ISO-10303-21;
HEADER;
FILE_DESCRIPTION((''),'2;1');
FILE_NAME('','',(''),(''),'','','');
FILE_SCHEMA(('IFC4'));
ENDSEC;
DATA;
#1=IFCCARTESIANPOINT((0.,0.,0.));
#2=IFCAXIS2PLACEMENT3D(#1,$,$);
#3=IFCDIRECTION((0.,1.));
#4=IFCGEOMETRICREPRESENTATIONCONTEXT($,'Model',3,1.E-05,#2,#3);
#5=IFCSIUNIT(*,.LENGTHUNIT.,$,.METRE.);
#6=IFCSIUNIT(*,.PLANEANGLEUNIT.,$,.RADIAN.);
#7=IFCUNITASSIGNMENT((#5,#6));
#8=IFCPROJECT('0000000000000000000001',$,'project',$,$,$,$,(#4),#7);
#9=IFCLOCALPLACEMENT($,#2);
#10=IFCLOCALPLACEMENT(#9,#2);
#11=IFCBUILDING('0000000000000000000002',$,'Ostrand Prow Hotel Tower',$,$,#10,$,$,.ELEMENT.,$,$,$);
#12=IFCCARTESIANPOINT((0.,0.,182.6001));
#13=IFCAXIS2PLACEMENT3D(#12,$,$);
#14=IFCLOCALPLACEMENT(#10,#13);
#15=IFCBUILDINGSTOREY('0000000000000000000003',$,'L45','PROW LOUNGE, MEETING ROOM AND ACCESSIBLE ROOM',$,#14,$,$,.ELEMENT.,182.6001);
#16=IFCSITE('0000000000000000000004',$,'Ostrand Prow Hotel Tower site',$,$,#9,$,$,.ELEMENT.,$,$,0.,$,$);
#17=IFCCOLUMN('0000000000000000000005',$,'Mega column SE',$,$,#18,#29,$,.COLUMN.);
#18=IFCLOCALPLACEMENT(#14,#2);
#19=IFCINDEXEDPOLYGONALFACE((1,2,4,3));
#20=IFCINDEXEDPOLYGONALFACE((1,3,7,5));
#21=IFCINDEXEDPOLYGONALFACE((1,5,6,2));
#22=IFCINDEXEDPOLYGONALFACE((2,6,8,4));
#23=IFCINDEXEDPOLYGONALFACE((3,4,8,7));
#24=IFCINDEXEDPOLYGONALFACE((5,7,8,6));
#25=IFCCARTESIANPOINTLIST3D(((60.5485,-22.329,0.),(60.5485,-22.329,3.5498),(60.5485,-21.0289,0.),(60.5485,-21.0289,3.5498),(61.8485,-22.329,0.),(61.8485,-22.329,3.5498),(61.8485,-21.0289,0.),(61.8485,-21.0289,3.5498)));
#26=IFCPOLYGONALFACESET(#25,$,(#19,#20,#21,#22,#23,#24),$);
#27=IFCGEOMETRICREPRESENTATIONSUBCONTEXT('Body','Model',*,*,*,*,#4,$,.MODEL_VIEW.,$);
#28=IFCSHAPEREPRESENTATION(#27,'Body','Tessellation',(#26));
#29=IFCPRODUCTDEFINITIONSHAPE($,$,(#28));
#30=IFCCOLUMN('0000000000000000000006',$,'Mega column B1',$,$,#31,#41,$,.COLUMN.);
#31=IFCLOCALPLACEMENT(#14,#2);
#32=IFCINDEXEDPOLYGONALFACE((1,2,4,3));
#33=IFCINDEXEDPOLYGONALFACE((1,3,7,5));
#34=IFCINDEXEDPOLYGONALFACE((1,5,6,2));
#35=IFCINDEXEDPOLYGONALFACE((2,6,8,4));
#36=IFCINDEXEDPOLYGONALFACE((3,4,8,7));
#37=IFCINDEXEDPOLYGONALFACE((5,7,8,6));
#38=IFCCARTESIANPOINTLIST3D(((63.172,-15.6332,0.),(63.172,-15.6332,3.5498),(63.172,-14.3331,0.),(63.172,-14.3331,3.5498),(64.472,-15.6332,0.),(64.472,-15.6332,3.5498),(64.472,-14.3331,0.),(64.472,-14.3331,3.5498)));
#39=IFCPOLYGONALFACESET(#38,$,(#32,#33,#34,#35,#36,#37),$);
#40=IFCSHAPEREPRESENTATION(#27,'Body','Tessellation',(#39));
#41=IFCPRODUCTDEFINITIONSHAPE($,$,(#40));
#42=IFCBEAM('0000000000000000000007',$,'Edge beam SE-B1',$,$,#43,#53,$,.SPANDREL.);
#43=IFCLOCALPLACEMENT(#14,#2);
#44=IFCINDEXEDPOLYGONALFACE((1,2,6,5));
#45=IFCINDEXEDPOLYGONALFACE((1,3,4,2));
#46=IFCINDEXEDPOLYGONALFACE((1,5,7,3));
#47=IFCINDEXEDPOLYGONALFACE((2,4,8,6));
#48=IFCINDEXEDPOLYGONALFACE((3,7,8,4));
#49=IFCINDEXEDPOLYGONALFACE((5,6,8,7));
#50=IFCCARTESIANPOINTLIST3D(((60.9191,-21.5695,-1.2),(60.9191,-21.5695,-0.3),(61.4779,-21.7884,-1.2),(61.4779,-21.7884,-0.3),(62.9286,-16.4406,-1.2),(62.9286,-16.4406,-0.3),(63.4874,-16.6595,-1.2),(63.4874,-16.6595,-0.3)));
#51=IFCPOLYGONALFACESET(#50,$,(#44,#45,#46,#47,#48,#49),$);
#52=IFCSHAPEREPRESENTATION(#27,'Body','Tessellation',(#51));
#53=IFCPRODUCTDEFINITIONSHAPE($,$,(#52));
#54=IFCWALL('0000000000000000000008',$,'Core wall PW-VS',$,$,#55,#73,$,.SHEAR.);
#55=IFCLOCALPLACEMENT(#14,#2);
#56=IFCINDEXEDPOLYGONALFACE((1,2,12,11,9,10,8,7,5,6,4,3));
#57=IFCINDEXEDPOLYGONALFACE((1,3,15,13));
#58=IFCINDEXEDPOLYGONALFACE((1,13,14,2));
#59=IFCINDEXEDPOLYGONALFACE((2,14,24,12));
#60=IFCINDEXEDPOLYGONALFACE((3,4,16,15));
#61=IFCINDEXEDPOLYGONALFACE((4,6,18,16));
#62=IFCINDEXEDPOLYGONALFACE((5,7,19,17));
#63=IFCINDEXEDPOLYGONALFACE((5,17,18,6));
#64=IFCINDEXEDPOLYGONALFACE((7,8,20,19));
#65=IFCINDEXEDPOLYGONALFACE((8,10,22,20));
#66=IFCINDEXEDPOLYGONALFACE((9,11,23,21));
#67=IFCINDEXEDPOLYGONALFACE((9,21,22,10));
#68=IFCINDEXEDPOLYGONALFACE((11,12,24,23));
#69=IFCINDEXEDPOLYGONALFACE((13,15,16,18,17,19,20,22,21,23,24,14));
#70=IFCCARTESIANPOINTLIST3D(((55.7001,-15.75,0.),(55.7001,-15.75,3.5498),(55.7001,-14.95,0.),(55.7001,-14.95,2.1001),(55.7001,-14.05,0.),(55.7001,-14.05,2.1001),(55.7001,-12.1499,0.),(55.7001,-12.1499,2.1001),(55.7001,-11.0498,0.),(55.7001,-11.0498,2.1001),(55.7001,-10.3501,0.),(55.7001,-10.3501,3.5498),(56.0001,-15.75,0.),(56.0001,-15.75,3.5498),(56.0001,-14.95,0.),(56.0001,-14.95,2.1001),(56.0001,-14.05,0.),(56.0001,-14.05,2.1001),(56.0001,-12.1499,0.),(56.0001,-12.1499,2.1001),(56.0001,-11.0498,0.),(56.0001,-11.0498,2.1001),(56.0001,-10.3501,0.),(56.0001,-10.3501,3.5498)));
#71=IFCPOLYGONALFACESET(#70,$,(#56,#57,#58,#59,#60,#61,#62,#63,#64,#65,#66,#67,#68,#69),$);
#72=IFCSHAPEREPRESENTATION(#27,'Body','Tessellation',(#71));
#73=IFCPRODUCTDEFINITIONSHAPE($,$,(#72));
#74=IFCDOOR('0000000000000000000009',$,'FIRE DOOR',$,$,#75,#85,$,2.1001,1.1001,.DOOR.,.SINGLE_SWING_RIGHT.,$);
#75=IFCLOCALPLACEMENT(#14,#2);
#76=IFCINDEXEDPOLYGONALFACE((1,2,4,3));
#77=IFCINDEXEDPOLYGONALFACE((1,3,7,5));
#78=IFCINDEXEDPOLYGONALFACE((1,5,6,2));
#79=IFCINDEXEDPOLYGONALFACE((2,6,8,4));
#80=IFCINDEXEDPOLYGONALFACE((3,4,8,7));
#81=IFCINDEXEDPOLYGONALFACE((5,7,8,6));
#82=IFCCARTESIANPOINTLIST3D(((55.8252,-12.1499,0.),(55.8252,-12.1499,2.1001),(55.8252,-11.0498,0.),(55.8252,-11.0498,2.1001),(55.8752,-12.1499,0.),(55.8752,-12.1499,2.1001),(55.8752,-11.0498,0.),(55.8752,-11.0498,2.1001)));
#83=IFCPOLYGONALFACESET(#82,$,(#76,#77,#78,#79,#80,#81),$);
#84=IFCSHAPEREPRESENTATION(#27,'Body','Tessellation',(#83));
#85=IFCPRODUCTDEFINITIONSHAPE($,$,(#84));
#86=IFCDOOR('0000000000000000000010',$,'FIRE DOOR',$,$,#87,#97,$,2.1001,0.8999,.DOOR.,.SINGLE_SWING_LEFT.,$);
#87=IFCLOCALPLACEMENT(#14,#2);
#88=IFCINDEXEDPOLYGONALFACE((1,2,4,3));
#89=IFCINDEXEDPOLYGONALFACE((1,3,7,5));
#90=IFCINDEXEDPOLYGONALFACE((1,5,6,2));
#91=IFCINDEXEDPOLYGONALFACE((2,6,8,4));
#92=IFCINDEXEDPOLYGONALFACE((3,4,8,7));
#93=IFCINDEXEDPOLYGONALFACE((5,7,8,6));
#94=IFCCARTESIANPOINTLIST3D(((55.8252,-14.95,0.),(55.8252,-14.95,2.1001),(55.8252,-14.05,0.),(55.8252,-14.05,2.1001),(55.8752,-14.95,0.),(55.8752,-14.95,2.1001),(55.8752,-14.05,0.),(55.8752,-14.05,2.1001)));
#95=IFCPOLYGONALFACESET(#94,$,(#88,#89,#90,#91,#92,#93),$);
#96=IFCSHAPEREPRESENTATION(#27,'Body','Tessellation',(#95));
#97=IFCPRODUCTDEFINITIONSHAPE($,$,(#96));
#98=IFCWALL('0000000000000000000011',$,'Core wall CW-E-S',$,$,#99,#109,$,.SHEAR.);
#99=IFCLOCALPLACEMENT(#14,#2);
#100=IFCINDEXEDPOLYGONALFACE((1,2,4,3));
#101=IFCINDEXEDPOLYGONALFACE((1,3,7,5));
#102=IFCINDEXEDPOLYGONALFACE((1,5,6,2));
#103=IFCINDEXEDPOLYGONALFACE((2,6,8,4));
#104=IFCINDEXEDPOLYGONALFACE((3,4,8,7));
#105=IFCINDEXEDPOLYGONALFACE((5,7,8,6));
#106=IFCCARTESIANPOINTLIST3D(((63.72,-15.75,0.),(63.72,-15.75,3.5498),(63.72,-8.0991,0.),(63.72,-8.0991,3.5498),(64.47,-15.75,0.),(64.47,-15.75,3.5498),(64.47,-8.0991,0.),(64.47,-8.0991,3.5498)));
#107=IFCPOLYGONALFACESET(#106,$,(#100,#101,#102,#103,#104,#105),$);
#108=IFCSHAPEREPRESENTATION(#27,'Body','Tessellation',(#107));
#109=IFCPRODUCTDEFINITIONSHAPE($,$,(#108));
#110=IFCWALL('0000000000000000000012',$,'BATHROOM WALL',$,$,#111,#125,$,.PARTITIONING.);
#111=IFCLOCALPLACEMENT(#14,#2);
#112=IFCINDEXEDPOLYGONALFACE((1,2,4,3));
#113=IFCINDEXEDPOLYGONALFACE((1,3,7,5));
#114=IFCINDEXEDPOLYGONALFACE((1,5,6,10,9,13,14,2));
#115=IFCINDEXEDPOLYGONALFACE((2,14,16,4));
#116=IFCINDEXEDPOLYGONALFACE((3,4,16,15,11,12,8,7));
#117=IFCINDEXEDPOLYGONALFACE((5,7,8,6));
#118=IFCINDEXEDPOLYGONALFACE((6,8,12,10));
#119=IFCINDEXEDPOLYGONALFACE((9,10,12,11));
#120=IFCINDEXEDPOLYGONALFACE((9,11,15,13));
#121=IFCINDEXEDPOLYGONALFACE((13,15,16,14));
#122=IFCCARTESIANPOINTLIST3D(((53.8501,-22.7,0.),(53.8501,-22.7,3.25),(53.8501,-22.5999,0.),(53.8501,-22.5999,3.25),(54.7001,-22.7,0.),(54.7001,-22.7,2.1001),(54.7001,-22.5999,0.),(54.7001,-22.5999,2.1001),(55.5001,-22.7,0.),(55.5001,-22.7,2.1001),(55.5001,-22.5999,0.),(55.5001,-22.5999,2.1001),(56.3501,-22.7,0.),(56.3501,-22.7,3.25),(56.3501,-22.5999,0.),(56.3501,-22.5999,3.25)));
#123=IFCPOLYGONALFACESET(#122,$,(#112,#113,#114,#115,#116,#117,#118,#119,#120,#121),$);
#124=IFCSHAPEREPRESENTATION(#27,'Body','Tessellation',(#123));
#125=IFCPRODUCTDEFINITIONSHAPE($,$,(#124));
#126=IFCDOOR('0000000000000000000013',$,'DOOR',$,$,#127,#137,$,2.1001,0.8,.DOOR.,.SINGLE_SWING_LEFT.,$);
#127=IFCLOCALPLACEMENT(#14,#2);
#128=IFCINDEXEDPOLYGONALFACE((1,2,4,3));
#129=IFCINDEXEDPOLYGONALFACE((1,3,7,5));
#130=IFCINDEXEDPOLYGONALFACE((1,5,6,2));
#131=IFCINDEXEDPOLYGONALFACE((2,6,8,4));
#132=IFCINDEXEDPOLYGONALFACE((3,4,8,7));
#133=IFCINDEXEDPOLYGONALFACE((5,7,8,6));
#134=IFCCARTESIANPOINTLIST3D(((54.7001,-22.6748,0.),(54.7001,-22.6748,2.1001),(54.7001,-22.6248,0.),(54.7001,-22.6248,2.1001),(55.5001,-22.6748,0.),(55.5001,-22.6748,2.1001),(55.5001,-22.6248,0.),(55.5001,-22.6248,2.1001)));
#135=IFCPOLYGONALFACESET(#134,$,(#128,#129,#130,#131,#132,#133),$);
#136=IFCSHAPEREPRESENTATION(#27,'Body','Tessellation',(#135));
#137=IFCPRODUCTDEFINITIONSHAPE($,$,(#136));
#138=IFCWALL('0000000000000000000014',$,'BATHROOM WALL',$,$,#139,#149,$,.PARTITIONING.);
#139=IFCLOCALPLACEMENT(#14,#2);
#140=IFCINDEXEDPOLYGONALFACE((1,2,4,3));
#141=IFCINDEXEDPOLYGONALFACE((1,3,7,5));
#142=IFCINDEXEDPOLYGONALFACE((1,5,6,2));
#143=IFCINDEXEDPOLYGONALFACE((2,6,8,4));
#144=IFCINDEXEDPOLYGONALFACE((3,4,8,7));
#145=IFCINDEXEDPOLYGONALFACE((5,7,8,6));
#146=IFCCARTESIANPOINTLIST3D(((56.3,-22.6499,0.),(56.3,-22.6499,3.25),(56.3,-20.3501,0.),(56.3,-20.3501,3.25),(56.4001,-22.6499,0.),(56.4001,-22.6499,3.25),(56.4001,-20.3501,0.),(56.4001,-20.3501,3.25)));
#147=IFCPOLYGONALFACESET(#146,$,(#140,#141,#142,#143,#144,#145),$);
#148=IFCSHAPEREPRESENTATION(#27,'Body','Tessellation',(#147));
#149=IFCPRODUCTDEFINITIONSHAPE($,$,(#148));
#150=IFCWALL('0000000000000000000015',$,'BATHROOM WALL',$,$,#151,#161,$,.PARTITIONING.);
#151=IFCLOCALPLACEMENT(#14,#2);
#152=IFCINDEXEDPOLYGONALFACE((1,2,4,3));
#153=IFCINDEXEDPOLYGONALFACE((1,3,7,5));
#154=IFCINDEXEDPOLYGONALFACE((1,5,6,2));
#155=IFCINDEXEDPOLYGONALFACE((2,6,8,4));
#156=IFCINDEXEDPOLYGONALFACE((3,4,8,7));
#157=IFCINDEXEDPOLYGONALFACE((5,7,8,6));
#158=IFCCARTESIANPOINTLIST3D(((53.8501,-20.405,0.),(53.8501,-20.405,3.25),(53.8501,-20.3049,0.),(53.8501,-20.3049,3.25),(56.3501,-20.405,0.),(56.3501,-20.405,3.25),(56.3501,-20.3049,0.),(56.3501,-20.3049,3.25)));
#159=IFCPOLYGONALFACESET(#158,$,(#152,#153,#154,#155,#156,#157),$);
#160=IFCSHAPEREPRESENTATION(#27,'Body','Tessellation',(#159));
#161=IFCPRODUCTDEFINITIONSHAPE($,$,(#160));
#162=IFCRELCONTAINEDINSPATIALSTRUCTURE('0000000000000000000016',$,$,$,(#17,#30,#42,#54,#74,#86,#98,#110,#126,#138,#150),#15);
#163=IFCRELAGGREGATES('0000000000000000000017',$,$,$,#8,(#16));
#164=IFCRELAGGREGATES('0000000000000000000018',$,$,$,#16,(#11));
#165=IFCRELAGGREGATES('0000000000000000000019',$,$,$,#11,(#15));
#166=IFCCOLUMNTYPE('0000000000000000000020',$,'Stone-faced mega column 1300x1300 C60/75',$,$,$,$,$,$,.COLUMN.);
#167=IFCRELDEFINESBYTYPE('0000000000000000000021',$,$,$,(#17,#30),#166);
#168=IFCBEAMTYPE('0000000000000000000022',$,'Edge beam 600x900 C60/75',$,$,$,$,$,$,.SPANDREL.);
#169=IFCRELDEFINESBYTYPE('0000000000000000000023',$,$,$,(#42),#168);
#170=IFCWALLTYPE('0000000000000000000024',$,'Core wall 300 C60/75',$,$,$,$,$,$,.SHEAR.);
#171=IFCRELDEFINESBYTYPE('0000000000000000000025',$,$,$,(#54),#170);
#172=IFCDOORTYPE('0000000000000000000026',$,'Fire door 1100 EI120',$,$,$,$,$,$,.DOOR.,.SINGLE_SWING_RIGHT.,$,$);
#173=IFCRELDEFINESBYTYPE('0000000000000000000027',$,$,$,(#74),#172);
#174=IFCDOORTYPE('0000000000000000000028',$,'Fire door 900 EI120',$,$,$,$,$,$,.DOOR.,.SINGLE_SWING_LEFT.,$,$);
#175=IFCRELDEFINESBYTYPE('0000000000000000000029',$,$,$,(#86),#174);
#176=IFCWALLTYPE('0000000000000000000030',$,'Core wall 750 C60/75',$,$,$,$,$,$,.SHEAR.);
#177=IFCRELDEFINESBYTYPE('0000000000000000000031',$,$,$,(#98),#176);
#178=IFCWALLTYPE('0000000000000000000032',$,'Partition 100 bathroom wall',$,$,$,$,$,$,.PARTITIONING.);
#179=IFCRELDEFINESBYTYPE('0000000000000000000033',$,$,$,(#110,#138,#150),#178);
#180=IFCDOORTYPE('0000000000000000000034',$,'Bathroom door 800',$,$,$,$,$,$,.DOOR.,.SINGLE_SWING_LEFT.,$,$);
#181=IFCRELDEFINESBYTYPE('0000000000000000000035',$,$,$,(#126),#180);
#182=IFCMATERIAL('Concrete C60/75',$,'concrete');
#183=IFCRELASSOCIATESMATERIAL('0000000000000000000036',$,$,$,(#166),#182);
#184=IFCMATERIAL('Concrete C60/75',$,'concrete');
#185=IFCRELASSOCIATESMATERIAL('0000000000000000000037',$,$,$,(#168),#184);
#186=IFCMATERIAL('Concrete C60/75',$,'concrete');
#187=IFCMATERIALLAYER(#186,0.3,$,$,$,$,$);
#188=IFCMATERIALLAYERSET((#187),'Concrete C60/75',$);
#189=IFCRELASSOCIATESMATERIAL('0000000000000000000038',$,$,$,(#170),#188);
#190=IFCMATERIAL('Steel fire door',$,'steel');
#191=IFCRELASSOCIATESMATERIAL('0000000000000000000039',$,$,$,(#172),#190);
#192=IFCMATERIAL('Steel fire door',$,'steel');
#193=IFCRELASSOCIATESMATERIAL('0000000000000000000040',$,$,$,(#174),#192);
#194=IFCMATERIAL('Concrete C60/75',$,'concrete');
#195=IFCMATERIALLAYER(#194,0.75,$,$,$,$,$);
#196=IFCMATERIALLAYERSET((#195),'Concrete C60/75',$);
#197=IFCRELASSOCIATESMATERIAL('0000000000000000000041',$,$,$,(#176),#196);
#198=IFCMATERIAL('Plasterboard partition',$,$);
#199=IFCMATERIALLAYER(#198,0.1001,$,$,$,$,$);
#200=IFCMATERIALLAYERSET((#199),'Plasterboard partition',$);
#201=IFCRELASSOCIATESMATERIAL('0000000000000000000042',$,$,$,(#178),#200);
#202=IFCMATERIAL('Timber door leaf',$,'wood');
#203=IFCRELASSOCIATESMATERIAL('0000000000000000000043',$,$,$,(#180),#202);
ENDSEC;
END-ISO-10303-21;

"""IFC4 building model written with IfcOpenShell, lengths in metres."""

from ifc_helpers import new_model, si_unit, direction, frame, frame_2d, origin, origin_2d, place, context, subcontext, project, spatial, rectangle, extrude, material, layer, layer_set, material_profile, profile_set, type_object, element, fill, save


model = new_model("IFC4")

# Units and contexts
model_context = context("Model", 3, precision=1e-05, world=origin(), true_north=direction((0.0, 1.0)))
body_context = subcontext(model_context, "Body", "Model", "MODEL_VIEW")
ifc_project = project(units=[si_unit("LENGTHUNIT", "METRE"), si_unit("PLANEANGLEUNIT", "RADIAN")], contexts=[model_context])

# Site, building, storey
site_placement = place(None, origin())
site = spatial("IfcSite", under=ifc_project, at=site_placement, Name="Ostrand Prow Hotel Tower site", CompositionType="ELEMENT", RefElevation=0.0)
building_placement = place(site_placement, origin())
building = spatial("IfcBuilding", under=site, at=building_placement, Name="Ostrand Prow Hotel Tower", CompositionType="ELEMENT")
storey_placement = place(building_placement, frame((0.0, 0.0, 182.6001)))
storey = spatial("IfcBuildingStorey", under=building, at=storey_placement, Name="L45", Description="PROW LOUNGE, MEETING ROOM AND ACCESSIBLE ROOM", CompositionType="ELEMENT", Elevation=182.6001)

# Columns
ifc_material_1 = material(Name="Concrete C60/75", Category="concrete")
ifc_material_profile_1 = material_profile(ifc_material_1, rectangle(XDim=1.3, YDim=1.3, at=origin_2d()), Name="RC 1300x1300")
ifc_profile_set_1 = profile_set([ifc_material_profile_1], Name="Concrete C60/75")
column_type = type_object("IfcColumnType", Name="Stone-faced mega column 1300x1300 C60/75", PredefinedType="COLUMN", material=ifc_profile_set_1)
for number, where, z_axis, x_axis, name in (
    (1, (61.1985, -21.679, 0.0), (0.0, 0.0, 1.0), (1.0, 0.0, 0.0), "Mega column SE"),
    (2, (63.822, -14.9832, 0.0), (0.0, 0.0, 1.0), (1.0, 0.0, 0.0), "Mega column B1"),
):
    element("IfcColumn", number, at=place(storey_placement, frame(where, z_axis=z_axis, x_axis=x_axis)), inside=storey, type_object=column_type, Name=name, PredefinedType="COLUMN", context=body_context, shape_type="SweptSolid", body=[
        extrude(rectangle(XDim=1.3, YDim=1.3, at=origin_2d()), origin(), (0.0, 0.0, 1.0), 3.5498),
    ])

# Beam
ifc_material_2 = material(Name="Concrete C60/75", Category="concrete")
ifc_material_profile_2 = material_profile(ifc_material_2, rectangle(XDim=0.6001, YDim=0.8999, at=origin_2d()), Name="RC 600x900")
ifc_profile_set_2 = profile_set([ifc_material_profile_2], Name="Concrete C60/75")
beam_type = type_object("IfcBeamType", Name="Edge beam 600x900 C60/75", PredefinedType="SPANDREL", material=ifc_profile_set_2)
beam_placement = place(storey_placement, frame((61.1985, -21.679, -0.75), z_axis=(0.364802, 0.931085, 0.0), x_axis=(-0.931085, 0.364802, 0.0)))
element("IfcBeam", 3, at=beam_placement, inside=storey, type_object=beam_type, Name="Edge beam SE-B1", PredefinedType="SPANDREL", context=body_context, shape_type="SweptSolid", body=[
    extrude(rectangle(XDim=0.6001, YDim=0.8999, at=origin_2d()), origin(), (0.0, 0.0, 1.0), 5.5085),
])

# Wall, openings, doors
ifc_material_3 = material(Name="Concrete C60/75", Category="concrete")
ifc_layer_1 = layer(ifc_material_3, 0.3)
ifc_layer_set_1 = layer_set([ifc_layer_1], Name="Concrete C60/75")
wall_type_1 = type_object("IfcWallType", Name="Core wall 300 C60/75", PredefinedType="SHEAR", material=ifc_layer_set_1)
wall_1_placement = place(storey_placement, frame((55.8501, -15.75, 0.0), z_axis=(0.0, 0.0, 1.0), x_axis=(0.0, 1.0, 0.0)))
wall_1 = element("IfcWall", 4, at=wall_1_placement, inside=storey, type_object=wall_type_1, Name="Core wall PW-VS", PredefinedType="SHEAR", context=body_context, shape_type="SweptSolid", body=[
    extrude(rectangle(XDim=5.3999, YDim=0.3, at=frame_2d((2.7, 0.0))), origin(), (0.0, 0.0, 1.0), 3.5498),
])
opening_1_placement = place(wall_1_placement, frame((3.6001, 0.0, 0.0)))
opening_1 = element("IfcOpeningElement", 5, at=opening_1_placement, cuts=wall_1, PredefinedType="OPENING", context=body_context, shape_type="SweptSolid", body=[
    extrude(rectangle(XDim=1.1001, YDim=2.1001, at=frame_2d((0.55, 1.05))), frame((0.0, 0.1599, 0.0), z_axis=(0.0, -1.0, 0.0), x_axis=(1.0, 0.0, 0.0)), (0.0, 0.0, 1.0), 0.3201),
])
opening_2_placement = place(wall_1_placement, frame((0.8, 0.0, 0.0)))
opening_2 = element("IfcOpeningElement", 6, at=opening_2_placement, cuts=wall_1, PredefinedType="OPENING", context=body_context, shape_type="SweptSolid", body=[
    extrude(rectangle(XDim=0.8999, YDim=2.1001, at=frame_2d((0.45, 1.05))), frame((0.0, 0.1599, 0.0), z_axis=(0.0, -1.0, 0.0), x_axis=(1.0, 0.0, 0.0)), (0.0, 0.0, 1.0), 0.3201),
])
ifc_material_4 = material(Name="Steel fire door", Category="steel")
door_type_1 = type_object("IfcDoorType", Name="Fire door 1100 EI120", OperationType="SINGLE_SWING_RIGHT", PredefinedType="DOOR", material=ifc_material_4)
door_1_placement = place(opening_1_placement, origin())
door_1 = element("IfcDoor", 7, at=door_1_placement, inside=storey, type_object=door_type_1, Name="FIRE DOOR", OperationType="SINGLE_SWING_RIGHT", OverallHeight=2.1001, OverallWidth=1.1001, PredefinedType="DOOR", context=body_context, shape_type="SweptSolid", body=[
    extrude(rectangle(XDim=1.1001, YDim=2.1001, at=frame_2d((0.55, 1.05))), frame((0.0, 0.0249, 0.0), z_axis=(0.0, -1.0, 0.0), x_axis=(1.0, 0.0, 0.0)), (0.0, 0.0, 1.0), 0.05),
])
fill(opening_1, door_1)
ifc_material_5 = material(Name="Steel fire door", Category="steel")
door_type_2 = type_object("IfcDoorType", Name="Fire door 900 EI120", OperationType="SINGLE_SWING_LEFT", PredefinedType="DOOR", material=ifc_material_5)
door_2_placement = place(opening_2_placement, origin())
door_2 = element("IfcDoor", 8, at=door_2_placement, inside=storey, type_object=door_type_2, Name="FIRE DOOR", OperationType="SINGLE_SWING_LEFT", OverallHeight=2.1001, OverallWidth=0.8999, PredefinedType="DOOR", context=body_context, shape_type="SweptSolid", body=[
    extrude(rectangle(XDim=0.8999, YDim=2.1001, at=frame_2d((0.45, 1.05))), frame((0.0, 0.0249, 0.0), z_axis=(0.0, -1.0, 0.0), x_axis=(1.0, 0.0, 0.0)), (0.0, 0.0, 1.0), 0.05),
])
fill(opening_2, door_2)

# Wall
ifc_material_6 = material(Name="Concrete C60/75", Category="concrete")
ifc_layer_2 = layer(ifc_material_6, 0.75)
ifc_layer_set_2 = layer_set([ifc_layer_2], Name="Concrete C60/75")
wall_type_2 = type_object("IfcWallType", Name="Core wall 750 C60/75", PredefinedType="SHEAR", material=ifc_layer_set_2)
wall_2_placement = place(storey_placement, frame((64.095, -15.75, 0.0), z_axis=(0.0, 0.0, 1.0), x_axis=(0.0, 1.0, 0.0)))
element("IfcWall", 9, at=wall_2_placement, inside=storey, type_object=wall_type_2, Name="Core wall CW-E-S", PredefinedType="SHEAR", context=body_context, shape_type="SweptSolid", body=[
    extrude(rectangle(XDim=7.6509, YDim=0.75, at=frame_2d((3.8254, 0.0))), origin(), (0.0, 0.0, 1.0), 3.5498),
])

# Wall, opening, door
ifc_material_7 = material(Name="Plasterboard partition")
ifc_layer_3 = layer(ifc_material_7, 0.1001)
ifc_layer_set_3 = layer_set([ifc_layer_3], Name="Plasterboard partition")
wall_type_3 = type_object("IfcWallType", Name="Partition 100 bathroom wall", PredefinedType="PARTITIONING", material=ifc_layer_set_3)
wall_3_placement = place(storey_placement, frame((56.3501, -22.6499, 0.0), z_axis=(0.0, 0.0, 1.0), x_axis=(-1.0, 0.0, 0.0)))
wall_3 = element("IfcWall", 10, at=wall_3_placement, inside=storey, type_object=wall_type_3, Name="BATHROOM WALL", PredefinedType="PARTITIONING", context=body_context, shape_type="SweptSolid", body=[
    extrude(rectangle(XDim=2.5, YDim=0.1001, at=frame_2d((1.25, 0.0))), origin(), (0.0, 0.0, 1.0), 3.25),
])
opening_3_placement = place(wall_3_placement, frame((0.8501, 0.0, 0.0)))
opening_3 = element("IfcOpeningElement", 11, at=opening_3_placement, cuts=wall_3, PredefinedType="OPENING", context=body_context, shape_type="SweptSolid", body=[
    extrude(rectangle(XDim=0.8, YDim=2.1001, at=frame_2d((0.3999, 1.05))), frame((0.0, 0.0601, 0.0), z_axis=(0.0, -1.0, 0.0), x_axis=(1.0, 0.0, 0.0)), (0.0, 0.0, 1.0), 0.1201),
])
ifc_material_8 = material(Name="Timber door leaf", Category="wood")
door_type_3 = type_object("IfcDoorType", Name="Bathroom door 800", OperationType="SINGLE_SWING_LEFT", PredefinedType="DOOR", material=ifc_material_8)
door_3_placement = place(opening_3_placement, origin())
door_3 = element("IfcDoor", 12, at=door_3_placement, inside=storey, type_object=door_type_3, Name="DOOR", OperationType="SINGLE_SWING_LEFT", OverallHeight=2.1001, OverallWidth=0.8, PredefinedType="DOOR", context=body_context, shape_type="SweptSolid", body=[
    extrude(rectangle(XDim=0.8, YDim=2.1001, at=frame_2d((0.3999, 1.05))), frame((0.0, 0.0249, 0.0), z_axis=(0.0, -1.0, 0.0), x_axis=(1.0, 0.0, 0.0)), (0.0, 0.0, 1.0), 0.05),
])
fill(opening_3, door_3)

# Walls
wall_4_placement = place(storey_placement, frame((56.3501, -20.3501, 0.0), z_axis=(0.0, 0.0, 1.0), x_axis=(0.0, -1.0, 0.0)))
element("IfcWall", 13, at=wall_4_placement, inside=storey, type_object=wall_type_3, Name="BATHROOM WALL", PredefinedType="PARTITIONING", context=body_context, shape_type="SweptSolid", body=[
    extrude(rectangle(XDim=2.2998, YDim=0.1001, at=frame_2d((1.1499, 0.0))), origin(), (0.0, 0.0, 1.0), 3.25),
])
wall_5_placement = place(storey_placement, frame((53.8501, -20.355, 0.0), z_axis=(0.0, 0.0, 1.0), x_axis=(1.0, 0.0, 0.0)))
element("IfcWall", 14, at=wall_5_placement, inside=storey, type_object=wall_type_3, Name="BATHROOM WALL", PredefinedType="PARTITIONING", context=body_context, shape_type="SweptSolid", body=[
    extrude(rectangle(XDim=2.5, YDim=0.1001, at=frame_2d((1.25, 0.0))), origin(), (0.0, 0.0, 1.0), 3.25),
])

save(model, "model.ifc")
